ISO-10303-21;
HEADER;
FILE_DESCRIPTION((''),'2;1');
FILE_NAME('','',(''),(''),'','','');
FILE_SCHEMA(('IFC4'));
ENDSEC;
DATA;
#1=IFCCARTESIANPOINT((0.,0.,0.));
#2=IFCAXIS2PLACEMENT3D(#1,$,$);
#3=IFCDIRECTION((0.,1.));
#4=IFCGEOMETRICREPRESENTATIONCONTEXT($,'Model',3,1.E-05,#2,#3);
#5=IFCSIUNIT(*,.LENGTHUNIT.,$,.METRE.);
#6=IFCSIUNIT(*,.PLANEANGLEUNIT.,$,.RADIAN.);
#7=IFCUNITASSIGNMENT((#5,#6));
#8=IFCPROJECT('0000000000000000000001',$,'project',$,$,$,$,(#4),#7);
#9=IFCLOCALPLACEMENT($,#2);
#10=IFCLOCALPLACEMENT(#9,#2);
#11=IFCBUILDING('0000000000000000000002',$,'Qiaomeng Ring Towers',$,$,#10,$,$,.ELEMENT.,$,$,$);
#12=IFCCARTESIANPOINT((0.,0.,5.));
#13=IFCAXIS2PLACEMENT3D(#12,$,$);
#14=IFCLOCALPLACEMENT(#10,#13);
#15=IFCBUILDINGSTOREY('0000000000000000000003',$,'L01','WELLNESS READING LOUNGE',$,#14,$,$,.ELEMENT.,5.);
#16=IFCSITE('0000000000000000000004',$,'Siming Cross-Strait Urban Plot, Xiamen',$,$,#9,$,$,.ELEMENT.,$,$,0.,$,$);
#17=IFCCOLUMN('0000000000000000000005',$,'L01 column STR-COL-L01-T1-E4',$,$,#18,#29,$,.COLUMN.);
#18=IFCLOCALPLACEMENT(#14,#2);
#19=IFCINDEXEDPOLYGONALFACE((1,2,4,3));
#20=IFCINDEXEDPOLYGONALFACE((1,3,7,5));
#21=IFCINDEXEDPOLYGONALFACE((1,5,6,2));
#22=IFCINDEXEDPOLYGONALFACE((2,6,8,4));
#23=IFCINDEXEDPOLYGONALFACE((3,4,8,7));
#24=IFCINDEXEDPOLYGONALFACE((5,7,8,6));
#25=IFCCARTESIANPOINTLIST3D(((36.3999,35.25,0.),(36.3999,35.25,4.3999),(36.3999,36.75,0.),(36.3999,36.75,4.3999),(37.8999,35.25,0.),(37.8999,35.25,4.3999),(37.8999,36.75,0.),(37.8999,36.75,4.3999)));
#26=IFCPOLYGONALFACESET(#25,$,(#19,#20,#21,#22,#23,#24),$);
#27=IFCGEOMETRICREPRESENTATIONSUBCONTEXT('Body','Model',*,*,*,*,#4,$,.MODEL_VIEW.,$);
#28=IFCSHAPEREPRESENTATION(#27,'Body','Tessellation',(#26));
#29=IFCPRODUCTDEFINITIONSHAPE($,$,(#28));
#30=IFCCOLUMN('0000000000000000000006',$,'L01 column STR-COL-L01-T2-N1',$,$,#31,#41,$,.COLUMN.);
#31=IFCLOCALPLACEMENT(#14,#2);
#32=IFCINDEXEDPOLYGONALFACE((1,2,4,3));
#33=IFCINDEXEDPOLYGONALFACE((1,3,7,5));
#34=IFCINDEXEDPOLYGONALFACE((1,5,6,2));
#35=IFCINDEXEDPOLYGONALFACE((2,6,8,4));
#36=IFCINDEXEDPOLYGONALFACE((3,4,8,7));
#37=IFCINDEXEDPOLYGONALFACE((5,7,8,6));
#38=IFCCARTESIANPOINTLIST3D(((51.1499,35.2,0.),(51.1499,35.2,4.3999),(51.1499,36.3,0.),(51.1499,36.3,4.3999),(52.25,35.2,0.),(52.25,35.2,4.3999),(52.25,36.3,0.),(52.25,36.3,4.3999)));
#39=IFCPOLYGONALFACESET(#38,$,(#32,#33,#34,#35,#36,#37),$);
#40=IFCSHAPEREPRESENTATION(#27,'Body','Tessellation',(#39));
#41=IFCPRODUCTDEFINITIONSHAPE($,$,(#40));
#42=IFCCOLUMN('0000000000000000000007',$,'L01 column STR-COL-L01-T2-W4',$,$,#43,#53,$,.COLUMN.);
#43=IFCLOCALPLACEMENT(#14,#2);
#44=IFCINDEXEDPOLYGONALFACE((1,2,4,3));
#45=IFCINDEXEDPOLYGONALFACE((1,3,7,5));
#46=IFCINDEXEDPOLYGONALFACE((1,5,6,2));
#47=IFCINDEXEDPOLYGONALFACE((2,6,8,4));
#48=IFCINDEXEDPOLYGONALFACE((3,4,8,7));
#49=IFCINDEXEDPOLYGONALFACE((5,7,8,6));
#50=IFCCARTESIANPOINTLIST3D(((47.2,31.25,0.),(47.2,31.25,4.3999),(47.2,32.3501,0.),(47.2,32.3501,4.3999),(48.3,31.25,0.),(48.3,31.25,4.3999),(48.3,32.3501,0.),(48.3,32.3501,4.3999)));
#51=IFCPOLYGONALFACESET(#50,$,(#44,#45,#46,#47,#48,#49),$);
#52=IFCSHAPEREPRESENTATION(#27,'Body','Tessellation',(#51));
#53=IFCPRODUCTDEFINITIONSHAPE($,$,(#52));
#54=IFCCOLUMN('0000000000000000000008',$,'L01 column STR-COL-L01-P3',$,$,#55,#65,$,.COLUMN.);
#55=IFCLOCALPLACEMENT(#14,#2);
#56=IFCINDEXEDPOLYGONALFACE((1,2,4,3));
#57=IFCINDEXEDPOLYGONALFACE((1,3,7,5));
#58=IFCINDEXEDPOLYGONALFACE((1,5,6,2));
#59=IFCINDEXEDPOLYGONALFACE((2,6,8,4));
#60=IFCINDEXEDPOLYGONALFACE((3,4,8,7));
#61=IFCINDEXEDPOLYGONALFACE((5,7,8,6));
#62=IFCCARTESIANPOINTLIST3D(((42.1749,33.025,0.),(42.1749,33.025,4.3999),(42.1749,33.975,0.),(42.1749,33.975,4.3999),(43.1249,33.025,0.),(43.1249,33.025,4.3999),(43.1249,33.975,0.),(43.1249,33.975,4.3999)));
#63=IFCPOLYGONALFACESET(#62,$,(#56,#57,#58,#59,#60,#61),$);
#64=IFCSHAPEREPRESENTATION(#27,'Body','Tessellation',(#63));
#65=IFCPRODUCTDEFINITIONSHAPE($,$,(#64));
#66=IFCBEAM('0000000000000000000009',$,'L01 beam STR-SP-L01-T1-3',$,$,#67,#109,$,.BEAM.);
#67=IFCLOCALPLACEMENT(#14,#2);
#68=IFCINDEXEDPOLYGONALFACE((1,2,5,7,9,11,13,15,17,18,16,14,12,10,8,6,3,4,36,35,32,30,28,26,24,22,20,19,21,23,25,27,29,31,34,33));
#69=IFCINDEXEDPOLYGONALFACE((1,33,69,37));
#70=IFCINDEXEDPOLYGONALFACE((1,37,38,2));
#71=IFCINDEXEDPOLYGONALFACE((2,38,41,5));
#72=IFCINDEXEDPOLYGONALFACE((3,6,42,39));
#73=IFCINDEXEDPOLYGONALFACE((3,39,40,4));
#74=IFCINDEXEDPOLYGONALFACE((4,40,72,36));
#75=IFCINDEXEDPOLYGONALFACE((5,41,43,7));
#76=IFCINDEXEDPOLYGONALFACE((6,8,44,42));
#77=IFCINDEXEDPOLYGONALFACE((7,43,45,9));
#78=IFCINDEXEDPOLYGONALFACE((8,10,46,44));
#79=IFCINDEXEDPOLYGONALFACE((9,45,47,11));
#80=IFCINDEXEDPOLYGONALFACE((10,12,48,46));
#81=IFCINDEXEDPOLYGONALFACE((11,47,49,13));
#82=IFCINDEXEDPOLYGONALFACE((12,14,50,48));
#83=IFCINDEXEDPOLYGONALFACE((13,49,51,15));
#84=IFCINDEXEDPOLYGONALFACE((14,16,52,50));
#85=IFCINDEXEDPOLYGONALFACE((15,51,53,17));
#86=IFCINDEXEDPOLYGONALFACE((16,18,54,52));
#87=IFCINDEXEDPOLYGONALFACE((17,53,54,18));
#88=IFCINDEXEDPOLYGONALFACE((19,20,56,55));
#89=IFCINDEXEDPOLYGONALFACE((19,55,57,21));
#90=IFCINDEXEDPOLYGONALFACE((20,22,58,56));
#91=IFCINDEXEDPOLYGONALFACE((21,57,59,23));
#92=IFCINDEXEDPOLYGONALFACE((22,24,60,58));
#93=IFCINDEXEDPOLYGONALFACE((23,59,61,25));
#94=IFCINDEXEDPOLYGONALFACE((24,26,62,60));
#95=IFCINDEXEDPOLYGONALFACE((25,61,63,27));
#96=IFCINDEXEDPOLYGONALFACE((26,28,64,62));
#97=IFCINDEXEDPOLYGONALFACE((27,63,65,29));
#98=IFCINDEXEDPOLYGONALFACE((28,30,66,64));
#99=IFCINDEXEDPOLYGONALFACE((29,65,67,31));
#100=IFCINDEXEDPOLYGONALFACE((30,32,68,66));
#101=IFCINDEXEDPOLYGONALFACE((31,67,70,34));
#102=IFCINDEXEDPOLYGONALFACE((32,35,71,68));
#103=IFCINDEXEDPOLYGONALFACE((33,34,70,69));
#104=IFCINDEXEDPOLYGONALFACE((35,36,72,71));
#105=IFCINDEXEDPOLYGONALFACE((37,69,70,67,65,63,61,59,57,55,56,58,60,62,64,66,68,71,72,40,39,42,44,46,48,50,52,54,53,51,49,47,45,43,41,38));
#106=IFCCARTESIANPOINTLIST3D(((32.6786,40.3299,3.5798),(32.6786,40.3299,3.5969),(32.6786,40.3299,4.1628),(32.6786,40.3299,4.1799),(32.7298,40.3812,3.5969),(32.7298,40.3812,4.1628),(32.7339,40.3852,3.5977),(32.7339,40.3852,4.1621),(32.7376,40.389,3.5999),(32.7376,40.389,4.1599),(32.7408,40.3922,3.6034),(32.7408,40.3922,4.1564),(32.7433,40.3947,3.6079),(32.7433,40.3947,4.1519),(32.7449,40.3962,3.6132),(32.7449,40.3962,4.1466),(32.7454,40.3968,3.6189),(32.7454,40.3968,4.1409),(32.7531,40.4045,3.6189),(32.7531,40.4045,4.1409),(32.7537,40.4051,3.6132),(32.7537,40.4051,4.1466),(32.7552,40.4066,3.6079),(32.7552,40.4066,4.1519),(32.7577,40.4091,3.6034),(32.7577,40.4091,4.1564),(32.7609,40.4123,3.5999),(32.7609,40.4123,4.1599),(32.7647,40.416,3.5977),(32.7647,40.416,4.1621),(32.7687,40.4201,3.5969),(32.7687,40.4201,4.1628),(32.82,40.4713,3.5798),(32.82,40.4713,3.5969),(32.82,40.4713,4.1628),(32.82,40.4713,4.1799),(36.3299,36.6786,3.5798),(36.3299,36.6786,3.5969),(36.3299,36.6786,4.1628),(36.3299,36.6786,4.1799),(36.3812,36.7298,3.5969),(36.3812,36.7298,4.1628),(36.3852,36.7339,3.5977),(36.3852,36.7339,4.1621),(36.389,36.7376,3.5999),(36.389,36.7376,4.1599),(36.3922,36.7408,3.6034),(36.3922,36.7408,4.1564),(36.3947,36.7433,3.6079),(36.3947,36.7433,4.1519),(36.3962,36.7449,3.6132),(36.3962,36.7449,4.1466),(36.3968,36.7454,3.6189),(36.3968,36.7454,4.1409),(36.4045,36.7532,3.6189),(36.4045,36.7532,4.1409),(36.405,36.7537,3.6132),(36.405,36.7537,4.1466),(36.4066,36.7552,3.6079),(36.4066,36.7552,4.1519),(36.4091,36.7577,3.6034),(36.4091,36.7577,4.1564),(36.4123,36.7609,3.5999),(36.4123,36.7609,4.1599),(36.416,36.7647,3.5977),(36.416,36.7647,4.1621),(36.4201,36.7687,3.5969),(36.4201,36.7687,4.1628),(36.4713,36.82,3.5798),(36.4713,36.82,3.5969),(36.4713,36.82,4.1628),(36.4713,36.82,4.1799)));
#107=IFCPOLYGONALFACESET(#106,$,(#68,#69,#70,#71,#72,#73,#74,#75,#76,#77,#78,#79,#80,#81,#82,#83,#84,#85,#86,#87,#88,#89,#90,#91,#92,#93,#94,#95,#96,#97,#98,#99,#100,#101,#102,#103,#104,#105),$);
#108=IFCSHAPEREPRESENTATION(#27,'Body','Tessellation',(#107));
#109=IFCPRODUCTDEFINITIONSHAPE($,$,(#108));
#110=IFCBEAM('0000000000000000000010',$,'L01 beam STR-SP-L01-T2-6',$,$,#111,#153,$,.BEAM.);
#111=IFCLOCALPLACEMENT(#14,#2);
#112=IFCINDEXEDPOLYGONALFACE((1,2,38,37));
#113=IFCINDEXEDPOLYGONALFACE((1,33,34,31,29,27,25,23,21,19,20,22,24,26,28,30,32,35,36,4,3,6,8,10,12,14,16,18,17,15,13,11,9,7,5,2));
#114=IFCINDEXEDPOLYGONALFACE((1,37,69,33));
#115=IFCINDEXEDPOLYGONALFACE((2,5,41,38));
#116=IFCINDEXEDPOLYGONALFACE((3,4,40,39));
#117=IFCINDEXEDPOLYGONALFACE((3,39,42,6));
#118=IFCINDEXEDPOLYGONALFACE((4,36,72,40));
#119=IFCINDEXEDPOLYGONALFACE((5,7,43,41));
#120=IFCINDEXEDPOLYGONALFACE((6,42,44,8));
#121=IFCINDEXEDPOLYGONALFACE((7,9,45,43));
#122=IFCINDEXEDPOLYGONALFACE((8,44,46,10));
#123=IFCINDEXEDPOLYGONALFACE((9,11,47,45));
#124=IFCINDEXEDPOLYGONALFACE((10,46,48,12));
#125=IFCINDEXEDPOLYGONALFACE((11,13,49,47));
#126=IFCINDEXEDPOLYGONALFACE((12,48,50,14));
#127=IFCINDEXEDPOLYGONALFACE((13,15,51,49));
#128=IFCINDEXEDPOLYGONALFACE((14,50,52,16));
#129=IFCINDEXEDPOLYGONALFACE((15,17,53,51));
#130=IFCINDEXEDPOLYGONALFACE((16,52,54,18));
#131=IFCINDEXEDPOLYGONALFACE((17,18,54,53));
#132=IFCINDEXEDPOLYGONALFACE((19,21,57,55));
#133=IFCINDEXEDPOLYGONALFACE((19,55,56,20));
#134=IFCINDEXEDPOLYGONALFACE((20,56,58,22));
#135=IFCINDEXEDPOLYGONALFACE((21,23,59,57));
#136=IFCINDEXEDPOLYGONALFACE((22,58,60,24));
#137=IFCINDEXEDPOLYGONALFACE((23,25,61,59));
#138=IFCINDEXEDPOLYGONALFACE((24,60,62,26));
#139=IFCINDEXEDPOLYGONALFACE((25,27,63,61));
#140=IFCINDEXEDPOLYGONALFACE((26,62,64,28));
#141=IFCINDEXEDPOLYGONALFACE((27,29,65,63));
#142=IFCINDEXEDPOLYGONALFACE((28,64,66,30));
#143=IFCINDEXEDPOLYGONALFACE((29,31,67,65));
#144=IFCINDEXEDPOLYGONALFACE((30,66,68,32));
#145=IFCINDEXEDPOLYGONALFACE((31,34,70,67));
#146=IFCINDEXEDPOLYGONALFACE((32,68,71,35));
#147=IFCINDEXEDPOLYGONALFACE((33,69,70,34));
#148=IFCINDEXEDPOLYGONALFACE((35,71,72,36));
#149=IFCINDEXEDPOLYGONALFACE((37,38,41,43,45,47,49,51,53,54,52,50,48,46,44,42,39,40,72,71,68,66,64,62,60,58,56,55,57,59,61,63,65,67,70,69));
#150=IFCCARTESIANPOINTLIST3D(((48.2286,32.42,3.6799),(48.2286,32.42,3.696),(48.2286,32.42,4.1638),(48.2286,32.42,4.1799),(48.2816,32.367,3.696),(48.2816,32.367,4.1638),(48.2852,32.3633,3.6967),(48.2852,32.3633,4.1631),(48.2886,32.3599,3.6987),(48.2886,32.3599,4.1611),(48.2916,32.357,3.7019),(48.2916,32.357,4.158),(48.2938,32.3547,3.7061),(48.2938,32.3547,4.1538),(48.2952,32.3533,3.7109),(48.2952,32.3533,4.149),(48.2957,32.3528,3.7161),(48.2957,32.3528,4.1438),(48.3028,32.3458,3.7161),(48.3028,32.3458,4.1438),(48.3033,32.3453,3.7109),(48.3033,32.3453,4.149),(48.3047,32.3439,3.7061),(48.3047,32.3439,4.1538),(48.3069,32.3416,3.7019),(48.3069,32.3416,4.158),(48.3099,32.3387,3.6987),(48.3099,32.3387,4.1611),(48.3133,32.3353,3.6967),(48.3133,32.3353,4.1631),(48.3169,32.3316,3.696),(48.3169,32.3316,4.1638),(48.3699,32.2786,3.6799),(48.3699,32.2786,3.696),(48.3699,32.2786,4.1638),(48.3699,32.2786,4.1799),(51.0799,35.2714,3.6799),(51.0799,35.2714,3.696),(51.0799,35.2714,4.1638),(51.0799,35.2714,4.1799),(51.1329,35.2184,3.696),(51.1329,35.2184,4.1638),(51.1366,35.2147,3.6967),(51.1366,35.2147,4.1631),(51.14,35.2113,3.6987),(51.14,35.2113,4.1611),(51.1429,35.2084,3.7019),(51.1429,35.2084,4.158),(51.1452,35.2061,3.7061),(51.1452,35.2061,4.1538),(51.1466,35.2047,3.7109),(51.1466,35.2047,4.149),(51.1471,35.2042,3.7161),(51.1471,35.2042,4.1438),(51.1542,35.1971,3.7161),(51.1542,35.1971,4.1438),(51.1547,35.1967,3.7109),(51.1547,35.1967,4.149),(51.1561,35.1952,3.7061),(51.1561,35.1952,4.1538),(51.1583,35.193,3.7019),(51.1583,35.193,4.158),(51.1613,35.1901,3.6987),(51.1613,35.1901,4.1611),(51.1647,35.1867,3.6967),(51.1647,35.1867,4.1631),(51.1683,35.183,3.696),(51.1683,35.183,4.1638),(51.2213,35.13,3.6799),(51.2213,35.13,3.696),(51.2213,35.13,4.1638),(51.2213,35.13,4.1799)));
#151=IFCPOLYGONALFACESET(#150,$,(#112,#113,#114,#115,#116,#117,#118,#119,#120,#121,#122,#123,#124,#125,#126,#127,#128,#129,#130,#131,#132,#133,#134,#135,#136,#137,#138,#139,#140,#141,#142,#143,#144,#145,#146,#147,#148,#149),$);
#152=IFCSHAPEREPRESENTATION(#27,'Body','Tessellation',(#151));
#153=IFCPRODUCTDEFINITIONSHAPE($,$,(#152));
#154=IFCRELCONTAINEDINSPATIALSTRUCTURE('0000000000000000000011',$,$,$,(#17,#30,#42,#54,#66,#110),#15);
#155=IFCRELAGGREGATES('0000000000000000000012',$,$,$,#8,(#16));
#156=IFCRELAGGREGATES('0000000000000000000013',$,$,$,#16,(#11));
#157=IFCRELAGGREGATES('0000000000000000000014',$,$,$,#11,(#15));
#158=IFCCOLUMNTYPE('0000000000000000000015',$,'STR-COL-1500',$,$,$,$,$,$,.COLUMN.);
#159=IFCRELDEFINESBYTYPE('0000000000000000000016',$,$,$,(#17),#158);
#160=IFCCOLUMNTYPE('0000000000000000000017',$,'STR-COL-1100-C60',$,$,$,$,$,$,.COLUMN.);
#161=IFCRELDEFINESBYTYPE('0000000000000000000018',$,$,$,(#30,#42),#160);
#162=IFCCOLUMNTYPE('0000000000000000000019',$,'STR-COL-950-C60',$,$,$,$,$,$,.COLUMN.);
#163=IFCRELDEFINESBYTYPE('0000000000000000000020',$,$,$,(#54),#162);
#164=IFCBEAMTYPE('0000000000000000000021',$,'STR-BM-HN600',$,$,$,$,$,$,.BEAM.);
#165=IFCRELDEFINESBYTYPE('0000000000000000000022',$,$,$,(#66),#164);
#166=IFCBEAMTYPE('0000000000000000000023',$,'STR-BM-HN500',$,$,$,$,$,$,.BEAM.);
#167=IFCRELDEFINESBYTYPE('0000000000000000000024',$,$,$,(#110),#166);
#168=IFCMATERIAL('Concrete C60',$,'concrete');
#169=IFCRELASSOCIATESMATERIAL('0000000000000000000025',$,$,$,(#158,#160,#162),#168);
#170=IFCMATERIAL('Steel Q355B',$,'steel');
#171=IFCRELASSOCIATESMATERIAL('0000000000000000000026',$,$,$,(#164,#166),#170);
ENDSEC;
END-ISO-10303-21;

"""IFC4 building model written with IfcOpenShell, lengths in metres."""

from ifc_helpers import new_model, si_unit, direction, frame, origin, origin_2d, place, context, subcontext, project, spatial, rectangle, i_section, extrude, source, transform, mapped, material, material_profile, profile_set, type_object, element, save


model = new_model("IFC4")

# Units and contexts
model_context = context("Model", 3, precision=1e-05, world=origin(), true_north=direction((0.0, 1.0)))
body_context = subcontext(model_context, "Body", "Model", "MODEL_VIEW")
ifc_project = project(units=[si_unit("LENGTHUNIT", "METRE"), si_unit("PLANEANGLEUNIT", "RADIAN")], contexts=[model_context])

# Site, building, storey
site_placement = place(None, origin())
site = spatial("IfcSite", under=ifc_project, at=site_placement, Name="Siming Cross-Strait Urban Plot, Xiamen", CompositionType="ELEMENT", RefElevation=0.0)
building_placement = place(site_placement, origin())
building = spatial("IfcBuilding", under=site, at=building_placement, Name="Qiaomeng Ring Towers", CompositionType="ELEMENT")
storey_placement = place(building_placement, frame((0.0, 0.0, 5.0)))
storey = spatial("IfcBuildingStorey", under=building, at=storey_placement, Name="L01", Description="WELLNESS READING LOUNGE", CompositionType="ELEMENT", Elevation=5.0)

# Columns
ifc_material_1 = material(Name="Concrete C60", Category="concrete")
ifc_material_profile_1 = material_profile(ifc_material_1, rectangle(XDim=1.5, YDim=1.5, at=origin_2d()), Name="RC COL 1500x1500")
ifc_profile_set_1 = profile_set([ifc_material_profile_1], Name="Concrete C60")
column_type_1 = type_object("IfcColumnType", Name="STR-COL-1500", PredefinedType="COLUMN", material=ifc_profile_set_1)
shared_shape_1 = source(origin(), body_context, "Body", "SweptSolid", [
    extrude(rectangle(XDim=1.5, YDim=1.5, at=origin_2d()), origin(), (0.0, 0.0, 1.0), 4.3999),
])
column_1_placement = place(storey_placement, frame((37.1499, 36.0, 0.0), z_axis=(0.0, 0.0, 1.0), x_axis=(1.0, 0.0, 0.0)))
element("IfcColumn", 1, at=column_1_placement, inside=storey, type_object=column_type_1, Name="L01 column STR-COL-L01-T1-E4", PredefinedType="COLUMN", context=body_context, shape_type="MappedRepresentation", body=[
    mapped(shared_shape_1, transform((0.0, 0.0, 0.0), x_axis=(1.0, 0.0, 0.0), y_axis=(0.0, 1.0, 0.0), z_axis=(0.0, 0.0, 1.0), scale=1.0)),
])
ifc_material_profile_2 = material_profile(ifc_material_1, rectangle(XDim=1.1001, YDim=1.1001, at=origin_2d()), Name="RC COL 1100x1100")
ifc_profile_set_2 = profile_set([ifc_material_profile_2], Name="Concrete C60")
column_type_2 = type_object("IfcColumnType", Name="STR-COL-1100-C60", PredefinedType="COLUMN", material=ifc_profile_set_2)
shared_shape_2 = source(origin(), body_context, "Body", "SweptSolid", [
    extrude(rectangle(XDim=1.1001, YDim=1.1001, at=origin_2d()), origin(), (0.0, 0.0, 1.0), 4.3999),
])
for number, where, z_axis, x_axis, name in (
    (2, (51.7, 35.75, 0.0), (0.0, 0.0, 1.0), (1.0, 0.0, 0.0), "L01 column STR-COL-L01-T2-N1"),
    (3, (47.75, 31.8, 0.0), (0.0, 0.0, 1.0), (1.0, 0.0, 0.0), "L01 column STR-COL-L01-T2-W4"),
):
    element("IfcColumn", number, at=place(storey_placement, frame(where, z_axis=z_axis, x_axis=x_axis)), inside=storey, type_object=column_type_2, Name=name, PredefinedType="COLUMN", context=body_context, shape_type="MappedRepresentation", body=[
        mapped(shared_shape_2, transform((0.0, 0.0, 0.0), x_axis=(1.0, 0.0, 0.0), y_axis=(0.0, 1.0, 0.0), z_axis=(0.0, 0.0, 1.0), scale=1.0)),
    ])
ifc_material_profile_3 = material_profile(ifc_material_1, rectangle(XDim=0.95, YDim=0.95, at=origin_2d()), Name="RC COL 950x950")
ifc_profile_set_3 = profile_set([ifc_material_profile_3], Name="Concrete C60")
column_type_3 = type_object("IfcColumnType", Name="STR-COL-950-C60", PredefinedType="COLUMN", material=ifc_profile_set_3)
shared_shape_3 = source(origin(), body_context, "Body", "SweptSolid", [
    extrude(rectangle(XDim=0.95, YDim=0.95, at=origin_2d()), origin(), (0.0, 0.0, 1.0), 4.3999),
])
column_2_placement = place(storey_placement, frame((42.6499, 33.5, 0.0), z_axis=(0.0, 0.0, 1.0), x_axis=(1.0, 0.0, 0.0)))
element("IfcColumn", 4, at=column_2_placement, inside=storey, type_object=column_type_3, Name="L01 column STR-COL-L01-P3", PredefinedType="COLUMN", context=body_context, shape_type="MappedRepresentation", body=[
    mapped(shared_shape_3, transform((0.0, 0.0, 0.0), x_axis=(1.0, 0.0, 0.0), y_axis=(0.0, 1.0, 0.0), z_axis=(0.0, 0.0, 1.0), scale=1.0)),
])

# Beams
ifc_material_2 = material(Name="Steel Q355B", Category="steel")
ifc_material_profile_4 = material_profile(ifc_material_2, i_section(OverallWidth=0.2, OverallDepth=0.6001, WebThickness=0.011, FlangeThickness=0.0171, FilletRadius=0.022, at=origin_2d()), Name="HN 600x200x11x17")
ifc_profile_set_4 = profile_set([ifc_material_profile_4], Name="Steel Q355B")
beam_type_1 = type_object("IfcBeamType", Name="STR-BM-HN600", PredefinedType="BEAM", material=ifc_profile_set_4)
shared_shape_4 = source(origin(), body_context, "Body", "SweptSolid", [
    extrude(i_section(OverallWidth=0.2, OverallDepth=0.6001, WebThickness=0.011, FlangeThickness=0.0171, FilletRadius=0.022, at=origin_2d()), origin(), (0.0, 0.0, 1.0), 5.1638),
])
beam_1_placement = place(storey_placement, frame((36.4006, 36.7493, 3.8799), z_axis=(-0.707107, 0.707107, 0.0), x_axis=(-0.707107, -0.707107, 0.0)))
element("IfcBeam", 5, at=beam_1_placement, inside=storey, type_object=beam_type_1, Name="L01 beam STR-SP-L01-T1-3", PredefinedType="BEAM", context=body_context, shape_type="MappedRepresentation", body=[
    mapped(shared_shape_4, transform((0.0, 0.0, 0.0), x_axis=(1.0, 0.0, 0.0), y_axis=(0.0, 1.0, 0.0), z_axis=(0.0, 0.0, 1.0), scale=1.0)),
])
ifc_material_profile_5 = material_profile(ifc_material_2, i_section(OverallWidth=0.2, OverallDepth=0.5, WebThickness=0.01, FlangeThickness=0.0161, FilletRadius=0.02, at=origin_2d()), Name="HN 500x200x10x16")
ifc_profile_set_5 = profile_set([ifc_material_profile_5], Name="Steel Q355B")
beam_type_2 = type_object("IfcBeamType", Name="STR-BM-HN500", PredefinedType="BEAM", material=ifc_profile_set_5)
shared_shape_5 = source(origin(), body_context, "Body", "SweptSolid", [
    extrude(i_section(OverallWidth=0.2, OverallDepth=0.5, WebThickness=0.01, FlangeThickness=0.0161, FilletRadius=0.02, at=origin_2d()), origin(), (0.0, 0.0, 1.0), 4.0325),
])
beam_2_placement = place(storey_placement, frame((51.1506, 35.2007, 3.9299), z_axis=(-0.707107, -0.707107, 0.0), x_axis=(0.707107, -0.707107, 0.0)))
element("IfcBeam", 6, at=beam_2_placement, inside=storey, type_object=beam_type_2, Name="L01 beam STR-SP-L01-T2-6", PredefinedType="BEAM", context=body_context, shape_type="MappedRepresentation", body=[
    mapped(shared_shape_5, transform((0.0, 0.0, 0.0), x_axis=(1.0, 0.0, 0.0), y_axis=(0.0, 1.0, 0.0), z_axis=(0.0, 0.0, 1.0), scale=1.0)),
])

save(model, "model.ifc")
